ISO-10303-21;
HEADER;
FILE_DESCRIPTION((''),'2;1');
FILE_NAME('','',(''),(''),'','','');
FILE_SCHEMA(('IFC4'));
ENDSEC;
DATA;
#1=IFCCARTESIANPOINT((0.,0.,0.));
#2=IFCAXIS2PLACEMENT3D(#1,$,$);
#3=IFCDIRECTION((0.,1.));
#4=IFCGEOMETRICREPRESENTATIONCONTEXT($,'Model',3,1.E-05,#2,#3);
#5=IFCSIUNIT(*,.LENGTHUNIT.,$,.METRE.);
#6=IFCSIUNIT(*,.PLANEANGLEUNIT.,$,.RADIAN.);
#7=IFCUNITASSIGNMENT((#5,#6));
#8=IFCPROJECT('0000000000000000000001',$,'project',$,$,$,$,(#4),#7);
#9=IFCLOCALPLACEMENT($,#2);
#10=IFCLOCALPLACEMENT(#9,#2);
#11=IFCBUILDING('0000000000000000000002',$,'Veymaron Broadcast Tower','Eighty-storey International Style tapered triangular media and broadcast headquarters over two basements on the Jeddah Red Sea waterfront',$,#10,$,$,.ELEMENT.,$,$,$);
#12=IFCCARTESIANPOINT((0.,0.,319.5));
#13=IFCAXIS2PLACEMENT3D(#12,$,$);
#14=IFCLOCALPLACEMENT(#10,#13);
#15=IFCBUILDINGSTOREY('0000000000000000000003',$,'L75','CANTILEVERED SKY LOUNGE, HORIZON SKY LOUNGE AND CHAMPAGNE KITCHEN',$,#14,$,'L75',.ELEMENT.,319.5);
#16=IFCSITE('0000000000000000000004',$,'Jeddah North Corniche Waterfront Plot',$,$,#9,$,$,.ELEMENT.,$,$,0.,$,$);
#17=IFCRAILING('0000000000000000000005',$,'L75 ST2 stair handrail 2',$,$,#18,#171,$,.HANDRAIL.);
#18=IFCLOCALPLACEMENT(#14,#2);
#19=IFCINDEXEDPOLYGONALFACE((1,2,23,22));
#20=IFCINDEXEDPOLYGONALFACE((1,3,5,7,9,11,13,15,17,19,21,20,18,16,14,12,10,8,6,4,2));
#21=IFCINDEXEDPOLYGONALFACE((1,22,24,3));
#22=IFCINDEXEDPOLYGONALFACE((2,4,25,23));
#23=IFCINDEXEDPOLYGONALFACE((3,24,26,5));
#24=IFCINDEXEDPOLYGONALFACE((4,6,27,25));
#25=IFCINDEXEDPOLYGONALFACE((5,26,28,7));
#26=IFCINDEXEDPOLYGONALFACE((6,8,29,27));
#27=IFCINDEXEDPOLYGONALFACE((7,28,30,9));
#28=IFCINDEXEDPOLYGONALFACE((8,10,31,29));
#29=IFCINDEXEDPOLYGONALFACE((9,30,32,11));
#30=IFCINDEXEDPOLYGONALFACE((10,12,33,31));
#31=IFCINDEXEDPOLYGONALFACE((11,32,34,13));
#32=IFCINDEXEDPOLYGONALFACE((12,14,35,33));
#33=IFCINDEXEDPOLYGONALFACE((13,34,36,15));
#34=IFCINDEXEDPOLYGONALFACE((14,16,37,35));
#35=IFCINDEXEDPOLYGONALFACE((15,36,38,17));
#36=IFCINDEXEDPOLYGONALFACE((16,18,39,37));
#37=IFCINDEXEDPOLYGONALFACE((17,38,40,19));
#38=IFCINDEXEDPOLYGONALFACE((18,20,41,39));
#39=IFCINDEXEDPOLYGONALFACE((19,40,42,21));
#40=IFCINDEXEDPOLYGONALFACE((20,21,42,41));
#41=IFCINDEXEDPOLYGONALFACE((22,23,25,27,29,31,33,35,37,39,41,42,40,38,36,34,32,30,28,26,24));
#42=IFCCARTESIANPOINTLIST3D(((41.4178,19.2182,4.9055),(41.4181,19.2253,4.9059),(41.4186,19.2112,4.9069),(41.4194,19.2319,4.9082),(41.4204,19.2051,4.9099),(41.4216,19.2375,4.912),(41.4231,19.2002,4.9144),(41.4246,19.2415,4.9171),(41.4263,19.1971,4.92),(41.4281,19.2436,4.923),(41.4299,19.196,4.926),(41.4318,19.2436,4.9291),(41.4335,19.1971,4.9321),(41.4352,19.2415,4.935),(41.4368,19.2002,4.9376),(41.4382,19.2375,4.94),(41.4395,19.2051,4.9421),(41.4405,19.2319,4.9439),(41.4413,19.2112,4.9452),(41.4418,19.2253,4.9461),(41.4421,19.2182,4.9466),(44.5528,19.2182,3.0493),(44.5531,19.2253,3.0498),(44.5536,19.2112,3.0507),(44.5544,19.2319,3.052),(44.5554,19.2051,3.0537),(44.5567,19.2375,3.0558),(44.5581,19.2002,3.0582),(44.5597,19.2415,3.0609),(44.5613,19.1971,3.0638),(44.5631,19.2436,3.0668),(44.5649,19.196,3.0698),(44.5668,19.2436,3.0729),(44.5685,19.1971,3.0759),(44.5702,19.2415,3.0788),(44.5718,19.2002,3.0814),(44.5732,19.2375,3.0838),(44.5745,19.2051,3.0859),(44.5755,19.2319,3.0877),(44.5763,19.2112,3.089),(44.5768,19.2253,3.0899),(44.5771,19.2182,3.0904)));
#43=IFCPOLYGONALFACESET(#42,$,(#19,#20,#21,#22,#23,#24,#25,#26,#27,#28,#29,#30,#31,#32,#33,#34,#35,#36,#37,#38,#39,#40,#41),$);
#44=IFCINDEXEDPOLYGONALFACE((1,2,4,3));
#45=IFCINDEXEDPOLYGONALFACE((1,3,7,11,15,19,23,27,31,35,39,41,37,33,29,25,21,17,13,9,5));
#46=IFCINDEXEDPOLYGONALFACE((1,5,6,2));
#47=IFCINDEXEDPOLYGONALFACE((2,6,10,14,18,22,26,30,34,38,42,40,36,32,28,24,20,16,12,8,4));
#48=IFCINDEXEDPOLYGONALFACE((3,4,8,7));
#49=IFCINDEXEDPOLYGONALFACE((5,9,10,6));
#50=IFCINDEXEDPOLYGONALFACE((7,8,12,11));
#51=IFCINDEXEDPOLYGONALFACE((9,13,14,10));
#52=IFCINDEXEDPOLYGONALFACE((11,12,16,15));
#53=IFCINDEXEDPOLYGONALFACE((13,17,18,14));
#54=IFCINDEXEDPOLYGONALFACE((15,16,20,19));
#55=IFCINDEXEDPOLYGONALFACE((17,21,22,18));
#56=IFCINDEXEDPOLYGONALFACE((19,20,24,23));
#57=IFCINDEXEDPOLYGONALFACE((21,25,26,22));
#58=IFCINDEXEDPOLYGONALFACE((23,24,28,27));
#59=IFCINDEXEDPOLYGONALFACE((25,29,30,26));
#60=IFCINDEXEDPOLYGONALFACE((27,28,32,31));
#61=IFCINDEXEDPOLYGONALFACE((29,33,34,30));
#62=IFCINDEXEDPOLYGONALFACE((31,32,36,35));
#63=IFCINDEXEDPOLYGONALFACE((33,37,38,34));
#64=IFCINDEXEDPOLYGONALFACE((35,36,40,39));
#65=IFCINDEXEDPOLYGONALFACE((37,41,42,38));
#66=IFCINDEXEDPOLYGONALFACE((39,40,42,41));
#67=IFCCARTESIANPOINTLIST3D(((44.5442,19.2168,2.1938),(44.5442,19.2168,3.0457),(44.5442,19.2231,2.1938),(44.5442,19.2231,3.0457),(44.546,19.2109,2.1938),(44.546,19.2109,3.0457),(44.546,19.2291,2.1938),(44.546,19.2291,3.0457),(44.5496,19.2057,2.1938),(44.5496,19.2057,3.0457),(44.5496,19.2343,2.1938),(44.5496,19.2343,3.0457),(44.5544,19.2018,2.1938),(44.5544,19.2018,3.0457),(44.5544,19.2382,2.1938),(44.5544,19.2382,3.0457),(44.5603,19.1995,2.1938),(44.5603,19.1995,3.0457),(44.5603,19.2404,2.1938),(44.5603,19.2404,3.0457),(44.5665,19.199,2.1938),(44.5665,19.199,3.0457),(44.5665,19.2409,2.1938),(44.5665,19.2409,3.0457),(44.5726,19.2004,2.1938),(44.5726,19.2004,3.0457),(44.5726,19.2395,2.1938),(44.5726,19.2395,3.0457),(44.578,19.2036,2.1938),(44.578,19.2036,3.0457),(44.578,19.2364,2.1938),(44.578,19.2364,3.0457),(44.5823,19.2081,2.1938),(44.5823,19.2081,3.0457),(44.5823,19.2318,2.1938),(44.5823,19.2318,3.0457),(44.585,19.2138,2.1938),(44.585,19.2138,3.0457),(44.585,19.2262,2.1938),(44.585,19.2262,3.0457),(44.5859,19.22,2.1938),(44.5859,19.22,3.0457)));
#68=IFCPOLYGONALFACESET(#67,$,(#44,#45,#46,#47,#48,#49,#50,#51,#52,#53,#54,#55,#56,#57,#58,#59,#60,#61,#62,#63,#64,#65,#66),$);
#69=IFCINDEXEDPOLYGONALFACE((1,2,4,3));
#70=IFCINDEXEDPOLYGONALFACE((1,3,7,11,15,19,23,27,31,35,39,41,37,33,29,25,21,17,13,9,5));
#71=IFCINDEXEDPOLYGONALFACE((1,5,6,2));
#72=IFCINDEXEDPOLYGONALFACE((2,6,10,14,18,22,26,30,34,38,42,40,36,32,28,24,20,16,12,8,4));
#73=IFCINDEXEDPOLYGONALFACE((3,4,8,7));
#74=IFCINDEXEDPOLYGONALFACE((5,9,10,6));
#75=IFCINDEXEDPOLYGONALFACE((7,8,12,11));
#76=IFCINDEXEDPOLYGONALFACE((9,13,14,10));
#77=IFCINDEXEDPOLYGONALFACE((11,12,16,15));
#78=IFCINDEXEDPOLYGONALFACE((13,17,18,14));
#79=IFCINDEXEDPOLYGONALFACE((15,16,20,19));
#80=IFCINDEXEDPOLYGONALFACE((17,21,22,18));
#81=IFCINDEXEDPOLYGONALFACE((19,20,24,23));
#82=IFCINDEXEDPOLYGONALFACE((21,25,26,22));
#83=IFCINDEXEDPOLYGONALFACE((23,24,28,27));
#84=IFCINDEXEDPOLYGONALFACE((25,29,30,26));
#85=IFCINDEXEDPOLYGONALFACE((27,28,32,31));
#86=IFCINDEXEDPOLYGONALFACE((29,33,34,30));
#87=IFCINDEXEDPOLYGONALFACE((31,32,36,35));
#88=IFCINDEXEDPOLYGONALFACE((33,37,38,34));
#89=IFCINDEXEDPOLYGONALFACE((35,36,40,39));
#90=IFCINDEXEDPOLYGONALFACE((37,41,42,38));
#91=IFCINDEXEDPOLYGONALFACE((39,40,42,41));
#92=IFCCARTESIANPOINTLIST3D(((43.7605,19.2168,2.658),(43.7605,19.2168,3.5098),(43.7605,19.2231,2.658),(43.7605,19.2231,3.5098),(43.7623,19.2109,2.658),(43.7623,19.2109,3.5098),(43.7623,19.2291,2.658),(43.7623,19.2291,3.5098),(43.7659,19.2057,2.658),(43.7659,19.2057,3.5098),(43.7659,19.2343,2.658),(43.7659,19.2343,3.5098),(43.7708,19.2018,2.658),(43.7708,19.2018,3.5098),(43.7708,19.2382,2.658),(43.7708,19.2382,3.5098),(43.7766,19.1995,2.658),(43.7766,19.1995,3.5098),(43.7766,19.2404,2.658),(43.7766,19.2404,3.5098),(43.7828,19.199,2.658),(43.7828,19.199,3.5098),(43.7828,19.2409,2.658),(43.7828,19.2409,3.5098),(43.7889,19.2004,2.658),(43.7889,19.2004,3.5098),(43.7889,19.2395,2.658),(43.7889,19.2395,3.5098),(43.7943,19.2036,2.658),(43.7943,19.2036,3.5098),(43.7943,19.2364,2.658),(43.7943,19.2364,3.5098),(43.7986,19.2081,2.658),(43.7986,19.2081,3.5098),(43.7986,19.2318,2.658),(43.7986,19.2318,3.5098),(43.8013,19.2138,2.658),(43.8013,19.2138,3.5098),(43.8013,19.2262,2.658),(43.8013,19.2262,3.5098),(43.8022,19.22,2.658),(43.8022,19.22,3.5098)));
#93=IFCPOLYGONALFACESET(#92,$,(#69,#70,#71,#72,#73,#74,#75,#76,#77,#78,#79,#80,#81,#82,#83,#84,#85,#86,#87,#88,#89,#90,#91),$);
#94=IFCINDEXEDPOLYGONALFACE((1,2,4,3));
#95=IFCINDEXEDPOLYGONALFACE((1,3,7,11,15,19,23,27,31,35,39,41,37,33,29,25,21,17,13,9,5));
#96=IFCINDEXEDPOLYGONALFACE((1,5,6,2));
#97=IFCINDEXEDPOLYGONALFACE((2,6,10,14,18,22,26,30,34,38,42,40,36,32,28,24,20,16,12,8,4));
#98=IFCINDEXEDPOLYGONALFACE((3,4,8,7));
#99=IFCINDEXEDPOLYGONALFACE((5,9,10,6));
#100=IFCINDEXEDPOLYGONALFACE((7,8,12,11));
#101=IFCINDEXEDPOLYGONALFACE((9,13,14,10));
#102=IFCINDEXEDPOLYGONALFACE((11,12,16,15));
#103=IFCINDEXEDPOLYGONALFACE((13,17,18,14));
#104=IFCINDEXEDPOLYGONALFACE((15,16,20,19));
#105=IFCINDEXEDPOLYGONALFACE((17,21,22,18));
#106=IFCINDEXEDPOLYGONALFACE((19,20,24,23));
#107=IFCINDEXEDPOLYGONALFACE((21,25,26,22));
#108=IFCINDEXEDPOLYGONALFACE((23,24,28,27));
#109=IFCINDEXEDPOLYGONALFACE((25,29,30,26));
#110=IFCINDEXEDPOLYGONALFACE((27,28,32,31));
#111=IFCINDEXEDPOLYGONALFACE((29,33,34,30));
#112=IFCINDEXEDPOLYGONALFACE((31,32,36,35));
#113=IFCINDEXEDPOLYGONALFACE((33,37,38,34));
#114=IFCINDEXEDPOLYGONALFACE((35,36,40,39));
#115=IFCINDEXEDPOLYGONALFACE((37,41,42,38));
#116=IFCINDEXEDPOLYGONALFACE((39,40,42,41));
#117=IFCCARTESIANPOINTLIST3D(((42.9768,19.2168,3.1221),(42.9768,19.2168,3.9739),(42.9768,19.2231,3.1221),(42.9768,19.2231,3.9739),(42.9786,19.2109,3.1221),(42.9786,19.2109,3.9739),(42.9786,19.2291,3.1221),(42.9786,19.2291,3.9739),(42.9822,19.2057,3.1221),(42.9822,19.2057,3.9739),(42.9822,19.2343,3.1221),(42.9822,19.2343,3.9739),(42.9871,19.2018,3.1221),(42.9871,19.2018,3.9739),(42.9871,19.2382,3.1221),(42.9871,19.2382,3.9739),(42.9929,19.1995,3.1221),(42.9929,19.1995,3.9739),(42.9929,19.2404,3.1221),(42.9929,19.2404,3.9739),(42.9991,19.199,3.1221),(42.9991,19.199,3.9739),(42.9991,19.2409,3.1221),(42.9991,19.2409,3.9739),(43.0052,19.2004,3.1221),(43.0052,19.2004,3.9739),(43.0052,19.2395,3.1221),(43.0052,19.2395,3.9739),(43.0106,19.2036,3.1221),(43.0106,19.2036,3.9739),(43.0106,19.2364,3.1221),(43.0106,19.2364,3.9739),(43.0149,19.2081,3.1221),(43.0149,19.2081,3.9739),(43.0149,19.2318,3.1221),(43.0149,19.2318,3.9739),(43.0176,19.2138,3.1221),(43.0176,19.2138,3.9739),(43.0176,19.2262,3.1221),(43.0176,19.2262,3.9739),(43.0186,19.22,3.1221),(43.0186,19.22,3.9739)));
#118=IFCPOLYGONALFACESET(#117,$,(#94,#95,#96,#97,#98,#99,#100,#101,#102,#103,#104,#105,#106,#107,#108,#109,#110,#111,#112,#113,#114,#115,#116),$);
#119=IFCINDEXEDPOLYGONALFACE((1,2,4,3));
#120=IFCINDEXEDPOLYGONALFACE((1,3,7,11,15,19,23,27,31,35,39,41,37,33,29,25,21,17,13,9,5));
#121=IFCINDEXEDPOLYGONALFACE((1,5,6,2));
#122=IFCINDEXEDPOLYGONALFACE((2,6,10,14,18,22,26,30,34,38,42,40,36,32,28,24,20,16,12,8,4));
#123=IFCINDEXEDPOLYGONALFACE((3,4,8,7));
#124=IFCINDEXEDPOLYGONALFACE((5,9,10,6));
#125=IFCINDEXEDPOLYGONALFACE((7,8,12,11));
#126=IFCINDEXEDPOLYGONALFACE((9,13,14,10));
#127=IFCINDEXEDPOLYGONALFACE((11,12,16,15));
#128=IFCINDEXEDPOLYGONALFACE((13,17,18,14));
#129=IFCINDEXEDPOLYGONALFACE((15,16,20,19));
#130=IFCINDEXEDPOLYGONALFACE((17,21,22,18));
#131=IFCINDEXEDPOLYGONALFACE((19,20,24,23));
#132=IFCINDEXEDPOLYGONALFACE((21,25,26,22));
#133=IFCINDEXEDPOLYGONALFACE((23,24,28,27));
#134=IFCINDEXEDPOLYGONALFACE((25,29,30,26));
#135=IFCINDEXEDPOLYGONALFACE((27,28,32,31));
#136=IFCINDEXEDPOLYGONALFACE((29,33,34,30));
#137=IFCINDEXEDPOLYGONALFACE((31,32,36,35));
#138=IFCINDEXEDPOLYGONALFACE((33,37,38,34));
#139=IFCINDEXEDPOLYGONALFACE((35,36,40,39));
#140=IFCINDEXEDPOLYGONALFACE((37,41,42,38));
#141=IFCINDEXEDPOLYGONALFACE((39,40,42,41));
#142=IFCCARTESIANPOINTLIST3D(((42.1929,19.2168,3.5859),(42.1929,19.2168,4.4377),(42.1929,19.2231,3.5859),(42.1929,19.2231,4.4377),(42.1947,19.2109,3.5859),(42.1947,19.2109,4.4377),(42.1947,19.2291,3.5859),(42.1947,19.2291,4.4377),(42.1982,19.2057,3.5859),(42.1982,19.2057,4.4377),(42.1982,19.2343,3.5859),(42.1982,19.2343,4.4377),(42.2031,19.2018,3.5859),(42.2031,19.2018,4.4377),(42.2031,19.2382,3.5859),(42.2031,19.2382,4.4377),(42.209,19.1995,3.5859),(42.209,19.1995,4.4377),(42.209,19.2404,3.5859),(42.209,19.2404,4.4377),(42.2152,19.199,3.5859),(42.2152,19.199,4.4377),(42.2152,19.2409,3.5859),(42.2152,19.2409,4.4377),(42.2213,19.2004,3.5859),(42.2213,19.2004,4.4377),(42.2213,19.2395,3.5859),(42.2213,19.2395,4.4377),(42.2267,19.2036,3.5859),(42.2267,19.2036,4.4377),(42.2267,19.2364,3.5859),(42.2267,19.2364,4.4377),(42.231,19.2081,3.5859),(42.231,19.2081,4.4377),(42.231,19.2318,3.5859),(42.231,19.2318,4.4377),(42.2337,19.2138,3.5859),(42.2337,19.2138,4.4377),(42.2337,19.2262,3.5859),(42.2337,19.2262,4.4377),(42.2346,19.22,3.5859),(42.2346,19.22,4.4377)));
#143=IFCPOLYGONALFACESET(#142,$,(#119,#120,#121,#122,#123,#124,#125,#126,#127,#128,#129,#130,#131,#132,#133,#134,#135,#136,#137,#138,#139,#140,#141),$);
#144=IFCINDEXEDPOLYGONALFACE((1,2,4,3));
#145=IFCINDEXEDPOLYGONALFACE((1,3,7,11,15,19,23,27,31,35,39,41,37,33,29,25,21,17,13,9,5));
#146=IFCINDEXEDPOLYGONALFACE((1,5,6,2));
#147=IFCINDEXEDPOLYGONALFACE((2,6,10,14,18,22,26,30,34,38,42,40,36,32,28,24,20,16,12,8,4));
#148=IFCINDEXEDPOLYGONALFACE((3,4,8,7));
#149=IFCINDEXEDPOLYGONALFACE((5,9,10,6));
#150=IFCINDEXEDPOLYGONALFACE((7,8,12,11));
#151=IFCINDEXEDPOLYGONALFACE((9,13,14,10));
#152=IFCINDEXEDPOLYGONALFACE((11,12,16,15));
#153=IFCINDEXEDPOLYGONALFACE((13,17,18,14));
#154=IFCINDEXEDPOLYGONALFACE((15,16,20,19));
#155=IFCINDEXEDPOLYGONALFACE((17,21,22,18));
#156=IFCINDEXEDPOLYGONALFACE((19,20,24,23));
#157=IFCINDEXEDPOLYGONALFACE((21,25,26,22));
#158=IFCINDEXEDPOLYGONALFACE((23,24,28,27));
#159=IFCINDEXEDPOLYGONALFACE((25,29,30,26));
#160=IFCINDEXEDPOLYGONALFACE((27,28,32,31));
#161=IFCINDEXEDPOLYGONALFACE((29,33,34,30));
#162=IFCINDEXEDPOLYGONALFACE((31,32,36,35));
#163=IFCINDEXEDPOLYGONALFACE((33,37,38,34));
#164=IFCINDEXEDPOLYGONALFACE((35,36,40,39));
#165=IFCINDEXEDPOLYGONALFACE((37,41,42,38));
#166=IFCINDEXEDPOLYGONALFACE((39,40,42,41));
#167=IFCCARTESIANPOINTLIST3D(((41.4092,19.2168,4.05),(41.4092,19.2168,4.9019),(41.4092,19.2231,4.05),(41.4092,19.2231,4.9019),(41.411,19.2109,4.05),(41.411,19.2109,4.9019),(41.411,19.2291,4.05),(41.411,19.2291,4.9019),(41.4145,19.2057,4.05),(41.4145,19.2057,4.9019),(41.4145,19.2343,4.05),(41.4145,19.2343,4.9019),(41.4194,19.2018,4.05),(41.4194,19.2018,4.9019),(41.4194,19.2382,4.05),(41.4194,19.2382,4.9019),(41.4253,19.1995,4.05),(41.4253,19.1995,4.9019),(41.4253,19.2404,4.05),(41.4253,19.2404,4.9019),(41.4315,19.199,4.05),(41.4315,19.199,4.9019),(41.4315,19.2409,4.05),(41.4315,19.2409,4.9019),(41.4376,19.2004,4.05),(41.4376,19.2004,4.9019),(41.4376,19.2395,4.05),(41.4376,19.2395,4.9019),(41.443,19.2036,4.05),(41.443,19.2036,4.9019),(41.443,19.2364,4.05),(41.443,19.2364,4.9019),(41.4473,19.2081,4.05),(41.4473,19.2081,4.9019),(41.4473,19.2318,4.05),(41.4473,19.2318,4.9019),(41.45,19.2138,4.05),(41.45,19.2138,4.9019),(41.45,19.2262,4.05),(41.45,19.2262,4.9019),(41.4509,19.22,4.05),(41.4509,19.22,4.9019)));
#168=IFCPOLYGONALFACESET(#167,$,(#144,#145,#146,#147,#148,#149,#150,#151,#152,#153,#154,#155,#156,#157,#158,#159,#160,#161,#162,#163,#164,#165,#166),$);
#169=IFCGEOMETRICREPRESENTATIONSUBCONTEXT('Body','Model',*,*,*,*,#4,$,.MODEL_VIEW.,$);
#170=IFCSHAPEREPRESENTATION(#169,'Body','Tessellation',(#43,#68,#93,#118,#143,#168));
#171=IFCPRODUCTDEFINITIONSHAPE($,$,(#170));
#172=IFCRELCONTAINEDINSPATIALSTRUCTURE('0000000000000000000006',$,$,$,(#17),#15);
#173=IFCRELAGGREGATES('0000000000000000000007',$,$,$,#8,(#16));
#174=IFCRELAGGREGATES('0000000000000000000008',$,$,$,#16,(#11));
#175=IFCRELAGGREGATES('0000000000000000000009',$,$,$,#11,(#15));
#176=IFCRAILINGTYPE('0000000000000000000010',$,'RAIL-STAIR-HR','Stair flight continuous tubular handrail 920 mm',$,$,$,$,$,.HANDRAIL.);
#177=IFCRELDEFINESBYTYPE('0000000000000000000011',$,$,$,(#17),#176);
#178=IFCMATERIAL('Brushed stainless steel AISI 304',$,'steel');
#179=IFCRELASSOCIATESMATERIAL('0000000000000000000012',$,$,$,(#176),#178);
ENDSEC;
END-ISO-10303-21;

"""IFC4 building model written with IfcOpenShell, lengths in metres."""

from ifc_helpers import new_model, si_unit, direction, frame, origin, origin_2d, place, context, subcontext, project, spatial, circle, extrude, material, type_object, element, save


model = new_model("IFC4")

# Units and contexts
model_context = context("Model", 3, precision=1e-05, world=origin(), true_north=direction((0.0, 1.0)))
body_context = subcontext(model_context, "Body", "Model", "MODEL_VIEW")
ifc_project = project(units=[si_unit("LENGTHUNIT", "METRE"), si_unit("PLANEANGLEUNIT", "RADIAN")], contexts=[model_context])

# Site, building, storey
site_placement = place(None, origin())
site = spatial("IfcSite", under=ifc_project, at=site_placement, Name="Jeddah North Corniche Waterfront Plot", CompositionType="ELEMENT", RefElevation=0.0)
building_placement = place(site_placement, origin())
building = spatial("IfcBuilding", under=site, at=building_placement, Name="Veymaron Broadcast Tower", Description="Eighty-storey International Style tapered triangular media and broadcast headquarters over two basements on the Jeddah Red Sea waterfront", CompositionType="ELEMENT")
storey_placement = place(building_placement, frame((0.0, 0.0, 319.5)))
storey = spatial("IfcBuildingStorey", under=building, at=storey_placement, Name="L75", Description="CANTILEVERED SKY LOUNGE, HORIZON SKY LOUNGE AND CHAMPAGNE KITCHEN", LongName="L75", CompositionType="ELEMENT", Elevation=319.5)

# Railing
ifc_material_1 = material(Name="Brushed stainless steel AISI 304", Category="steel")
railing_type_1 = type_object("IfcRailingType", Name="RAIL-STAIR-HR", Description="Stair flight continuous tubular handrail 920 mm", PredefinedType="HANDRAIL", material=ifc_material_1)
railing_1_placement = place(storey_placement, frame((44.5649, 19.22, 2.1938)))
element("IfcRailing", 1, at=railing_1_placement, inside=storey, type_object=railing_type_1, Name="L75 ST2 stair handrail 2", PredefinedType="HANDRAIL", context=body_context, shape_type="SweptSolid", body=[
    extrude(circle(Radius=0.0239, at=origin_2d()), frame((0.0, 0.0, 0.876), z_axis=(-0.860482, 0.0, 0.509481), x_axis=(0.0, -1.0, 0.0)), (0.0, 0.0, 1.0), 3.6433),
    extrude(circle(Radius=0.021, at=origin_2d()), origin(), (0.0, 0.0, 1.0), 0.8518),
    extrude(circle(Radius=0.021, at=origin_2d()), frame((-0.7837, 0.0, 0.4641)), (0.0, 0.0, 1.0), 0.8518),
    extrude(circle(Radius=0.021, at=origin_2d()), frame((-1.5674, 0.0, 0.9282)), (0.0, 0.0, 1.0), 0.8518),
    extrude(circle(Radius=0.021, at=origin_2d()), frame((-2.3513, 0.0, 1.3921)), (0.0, 0.0, 1.0), 0.8518),
    extrude(circle(Radius=0.021, at=origin_2d()), frame((-3.135, 0.0, 1.8562)), (0.0, 0.0, 1.0), 0.8518),
])

save(model, "model.ifc")
